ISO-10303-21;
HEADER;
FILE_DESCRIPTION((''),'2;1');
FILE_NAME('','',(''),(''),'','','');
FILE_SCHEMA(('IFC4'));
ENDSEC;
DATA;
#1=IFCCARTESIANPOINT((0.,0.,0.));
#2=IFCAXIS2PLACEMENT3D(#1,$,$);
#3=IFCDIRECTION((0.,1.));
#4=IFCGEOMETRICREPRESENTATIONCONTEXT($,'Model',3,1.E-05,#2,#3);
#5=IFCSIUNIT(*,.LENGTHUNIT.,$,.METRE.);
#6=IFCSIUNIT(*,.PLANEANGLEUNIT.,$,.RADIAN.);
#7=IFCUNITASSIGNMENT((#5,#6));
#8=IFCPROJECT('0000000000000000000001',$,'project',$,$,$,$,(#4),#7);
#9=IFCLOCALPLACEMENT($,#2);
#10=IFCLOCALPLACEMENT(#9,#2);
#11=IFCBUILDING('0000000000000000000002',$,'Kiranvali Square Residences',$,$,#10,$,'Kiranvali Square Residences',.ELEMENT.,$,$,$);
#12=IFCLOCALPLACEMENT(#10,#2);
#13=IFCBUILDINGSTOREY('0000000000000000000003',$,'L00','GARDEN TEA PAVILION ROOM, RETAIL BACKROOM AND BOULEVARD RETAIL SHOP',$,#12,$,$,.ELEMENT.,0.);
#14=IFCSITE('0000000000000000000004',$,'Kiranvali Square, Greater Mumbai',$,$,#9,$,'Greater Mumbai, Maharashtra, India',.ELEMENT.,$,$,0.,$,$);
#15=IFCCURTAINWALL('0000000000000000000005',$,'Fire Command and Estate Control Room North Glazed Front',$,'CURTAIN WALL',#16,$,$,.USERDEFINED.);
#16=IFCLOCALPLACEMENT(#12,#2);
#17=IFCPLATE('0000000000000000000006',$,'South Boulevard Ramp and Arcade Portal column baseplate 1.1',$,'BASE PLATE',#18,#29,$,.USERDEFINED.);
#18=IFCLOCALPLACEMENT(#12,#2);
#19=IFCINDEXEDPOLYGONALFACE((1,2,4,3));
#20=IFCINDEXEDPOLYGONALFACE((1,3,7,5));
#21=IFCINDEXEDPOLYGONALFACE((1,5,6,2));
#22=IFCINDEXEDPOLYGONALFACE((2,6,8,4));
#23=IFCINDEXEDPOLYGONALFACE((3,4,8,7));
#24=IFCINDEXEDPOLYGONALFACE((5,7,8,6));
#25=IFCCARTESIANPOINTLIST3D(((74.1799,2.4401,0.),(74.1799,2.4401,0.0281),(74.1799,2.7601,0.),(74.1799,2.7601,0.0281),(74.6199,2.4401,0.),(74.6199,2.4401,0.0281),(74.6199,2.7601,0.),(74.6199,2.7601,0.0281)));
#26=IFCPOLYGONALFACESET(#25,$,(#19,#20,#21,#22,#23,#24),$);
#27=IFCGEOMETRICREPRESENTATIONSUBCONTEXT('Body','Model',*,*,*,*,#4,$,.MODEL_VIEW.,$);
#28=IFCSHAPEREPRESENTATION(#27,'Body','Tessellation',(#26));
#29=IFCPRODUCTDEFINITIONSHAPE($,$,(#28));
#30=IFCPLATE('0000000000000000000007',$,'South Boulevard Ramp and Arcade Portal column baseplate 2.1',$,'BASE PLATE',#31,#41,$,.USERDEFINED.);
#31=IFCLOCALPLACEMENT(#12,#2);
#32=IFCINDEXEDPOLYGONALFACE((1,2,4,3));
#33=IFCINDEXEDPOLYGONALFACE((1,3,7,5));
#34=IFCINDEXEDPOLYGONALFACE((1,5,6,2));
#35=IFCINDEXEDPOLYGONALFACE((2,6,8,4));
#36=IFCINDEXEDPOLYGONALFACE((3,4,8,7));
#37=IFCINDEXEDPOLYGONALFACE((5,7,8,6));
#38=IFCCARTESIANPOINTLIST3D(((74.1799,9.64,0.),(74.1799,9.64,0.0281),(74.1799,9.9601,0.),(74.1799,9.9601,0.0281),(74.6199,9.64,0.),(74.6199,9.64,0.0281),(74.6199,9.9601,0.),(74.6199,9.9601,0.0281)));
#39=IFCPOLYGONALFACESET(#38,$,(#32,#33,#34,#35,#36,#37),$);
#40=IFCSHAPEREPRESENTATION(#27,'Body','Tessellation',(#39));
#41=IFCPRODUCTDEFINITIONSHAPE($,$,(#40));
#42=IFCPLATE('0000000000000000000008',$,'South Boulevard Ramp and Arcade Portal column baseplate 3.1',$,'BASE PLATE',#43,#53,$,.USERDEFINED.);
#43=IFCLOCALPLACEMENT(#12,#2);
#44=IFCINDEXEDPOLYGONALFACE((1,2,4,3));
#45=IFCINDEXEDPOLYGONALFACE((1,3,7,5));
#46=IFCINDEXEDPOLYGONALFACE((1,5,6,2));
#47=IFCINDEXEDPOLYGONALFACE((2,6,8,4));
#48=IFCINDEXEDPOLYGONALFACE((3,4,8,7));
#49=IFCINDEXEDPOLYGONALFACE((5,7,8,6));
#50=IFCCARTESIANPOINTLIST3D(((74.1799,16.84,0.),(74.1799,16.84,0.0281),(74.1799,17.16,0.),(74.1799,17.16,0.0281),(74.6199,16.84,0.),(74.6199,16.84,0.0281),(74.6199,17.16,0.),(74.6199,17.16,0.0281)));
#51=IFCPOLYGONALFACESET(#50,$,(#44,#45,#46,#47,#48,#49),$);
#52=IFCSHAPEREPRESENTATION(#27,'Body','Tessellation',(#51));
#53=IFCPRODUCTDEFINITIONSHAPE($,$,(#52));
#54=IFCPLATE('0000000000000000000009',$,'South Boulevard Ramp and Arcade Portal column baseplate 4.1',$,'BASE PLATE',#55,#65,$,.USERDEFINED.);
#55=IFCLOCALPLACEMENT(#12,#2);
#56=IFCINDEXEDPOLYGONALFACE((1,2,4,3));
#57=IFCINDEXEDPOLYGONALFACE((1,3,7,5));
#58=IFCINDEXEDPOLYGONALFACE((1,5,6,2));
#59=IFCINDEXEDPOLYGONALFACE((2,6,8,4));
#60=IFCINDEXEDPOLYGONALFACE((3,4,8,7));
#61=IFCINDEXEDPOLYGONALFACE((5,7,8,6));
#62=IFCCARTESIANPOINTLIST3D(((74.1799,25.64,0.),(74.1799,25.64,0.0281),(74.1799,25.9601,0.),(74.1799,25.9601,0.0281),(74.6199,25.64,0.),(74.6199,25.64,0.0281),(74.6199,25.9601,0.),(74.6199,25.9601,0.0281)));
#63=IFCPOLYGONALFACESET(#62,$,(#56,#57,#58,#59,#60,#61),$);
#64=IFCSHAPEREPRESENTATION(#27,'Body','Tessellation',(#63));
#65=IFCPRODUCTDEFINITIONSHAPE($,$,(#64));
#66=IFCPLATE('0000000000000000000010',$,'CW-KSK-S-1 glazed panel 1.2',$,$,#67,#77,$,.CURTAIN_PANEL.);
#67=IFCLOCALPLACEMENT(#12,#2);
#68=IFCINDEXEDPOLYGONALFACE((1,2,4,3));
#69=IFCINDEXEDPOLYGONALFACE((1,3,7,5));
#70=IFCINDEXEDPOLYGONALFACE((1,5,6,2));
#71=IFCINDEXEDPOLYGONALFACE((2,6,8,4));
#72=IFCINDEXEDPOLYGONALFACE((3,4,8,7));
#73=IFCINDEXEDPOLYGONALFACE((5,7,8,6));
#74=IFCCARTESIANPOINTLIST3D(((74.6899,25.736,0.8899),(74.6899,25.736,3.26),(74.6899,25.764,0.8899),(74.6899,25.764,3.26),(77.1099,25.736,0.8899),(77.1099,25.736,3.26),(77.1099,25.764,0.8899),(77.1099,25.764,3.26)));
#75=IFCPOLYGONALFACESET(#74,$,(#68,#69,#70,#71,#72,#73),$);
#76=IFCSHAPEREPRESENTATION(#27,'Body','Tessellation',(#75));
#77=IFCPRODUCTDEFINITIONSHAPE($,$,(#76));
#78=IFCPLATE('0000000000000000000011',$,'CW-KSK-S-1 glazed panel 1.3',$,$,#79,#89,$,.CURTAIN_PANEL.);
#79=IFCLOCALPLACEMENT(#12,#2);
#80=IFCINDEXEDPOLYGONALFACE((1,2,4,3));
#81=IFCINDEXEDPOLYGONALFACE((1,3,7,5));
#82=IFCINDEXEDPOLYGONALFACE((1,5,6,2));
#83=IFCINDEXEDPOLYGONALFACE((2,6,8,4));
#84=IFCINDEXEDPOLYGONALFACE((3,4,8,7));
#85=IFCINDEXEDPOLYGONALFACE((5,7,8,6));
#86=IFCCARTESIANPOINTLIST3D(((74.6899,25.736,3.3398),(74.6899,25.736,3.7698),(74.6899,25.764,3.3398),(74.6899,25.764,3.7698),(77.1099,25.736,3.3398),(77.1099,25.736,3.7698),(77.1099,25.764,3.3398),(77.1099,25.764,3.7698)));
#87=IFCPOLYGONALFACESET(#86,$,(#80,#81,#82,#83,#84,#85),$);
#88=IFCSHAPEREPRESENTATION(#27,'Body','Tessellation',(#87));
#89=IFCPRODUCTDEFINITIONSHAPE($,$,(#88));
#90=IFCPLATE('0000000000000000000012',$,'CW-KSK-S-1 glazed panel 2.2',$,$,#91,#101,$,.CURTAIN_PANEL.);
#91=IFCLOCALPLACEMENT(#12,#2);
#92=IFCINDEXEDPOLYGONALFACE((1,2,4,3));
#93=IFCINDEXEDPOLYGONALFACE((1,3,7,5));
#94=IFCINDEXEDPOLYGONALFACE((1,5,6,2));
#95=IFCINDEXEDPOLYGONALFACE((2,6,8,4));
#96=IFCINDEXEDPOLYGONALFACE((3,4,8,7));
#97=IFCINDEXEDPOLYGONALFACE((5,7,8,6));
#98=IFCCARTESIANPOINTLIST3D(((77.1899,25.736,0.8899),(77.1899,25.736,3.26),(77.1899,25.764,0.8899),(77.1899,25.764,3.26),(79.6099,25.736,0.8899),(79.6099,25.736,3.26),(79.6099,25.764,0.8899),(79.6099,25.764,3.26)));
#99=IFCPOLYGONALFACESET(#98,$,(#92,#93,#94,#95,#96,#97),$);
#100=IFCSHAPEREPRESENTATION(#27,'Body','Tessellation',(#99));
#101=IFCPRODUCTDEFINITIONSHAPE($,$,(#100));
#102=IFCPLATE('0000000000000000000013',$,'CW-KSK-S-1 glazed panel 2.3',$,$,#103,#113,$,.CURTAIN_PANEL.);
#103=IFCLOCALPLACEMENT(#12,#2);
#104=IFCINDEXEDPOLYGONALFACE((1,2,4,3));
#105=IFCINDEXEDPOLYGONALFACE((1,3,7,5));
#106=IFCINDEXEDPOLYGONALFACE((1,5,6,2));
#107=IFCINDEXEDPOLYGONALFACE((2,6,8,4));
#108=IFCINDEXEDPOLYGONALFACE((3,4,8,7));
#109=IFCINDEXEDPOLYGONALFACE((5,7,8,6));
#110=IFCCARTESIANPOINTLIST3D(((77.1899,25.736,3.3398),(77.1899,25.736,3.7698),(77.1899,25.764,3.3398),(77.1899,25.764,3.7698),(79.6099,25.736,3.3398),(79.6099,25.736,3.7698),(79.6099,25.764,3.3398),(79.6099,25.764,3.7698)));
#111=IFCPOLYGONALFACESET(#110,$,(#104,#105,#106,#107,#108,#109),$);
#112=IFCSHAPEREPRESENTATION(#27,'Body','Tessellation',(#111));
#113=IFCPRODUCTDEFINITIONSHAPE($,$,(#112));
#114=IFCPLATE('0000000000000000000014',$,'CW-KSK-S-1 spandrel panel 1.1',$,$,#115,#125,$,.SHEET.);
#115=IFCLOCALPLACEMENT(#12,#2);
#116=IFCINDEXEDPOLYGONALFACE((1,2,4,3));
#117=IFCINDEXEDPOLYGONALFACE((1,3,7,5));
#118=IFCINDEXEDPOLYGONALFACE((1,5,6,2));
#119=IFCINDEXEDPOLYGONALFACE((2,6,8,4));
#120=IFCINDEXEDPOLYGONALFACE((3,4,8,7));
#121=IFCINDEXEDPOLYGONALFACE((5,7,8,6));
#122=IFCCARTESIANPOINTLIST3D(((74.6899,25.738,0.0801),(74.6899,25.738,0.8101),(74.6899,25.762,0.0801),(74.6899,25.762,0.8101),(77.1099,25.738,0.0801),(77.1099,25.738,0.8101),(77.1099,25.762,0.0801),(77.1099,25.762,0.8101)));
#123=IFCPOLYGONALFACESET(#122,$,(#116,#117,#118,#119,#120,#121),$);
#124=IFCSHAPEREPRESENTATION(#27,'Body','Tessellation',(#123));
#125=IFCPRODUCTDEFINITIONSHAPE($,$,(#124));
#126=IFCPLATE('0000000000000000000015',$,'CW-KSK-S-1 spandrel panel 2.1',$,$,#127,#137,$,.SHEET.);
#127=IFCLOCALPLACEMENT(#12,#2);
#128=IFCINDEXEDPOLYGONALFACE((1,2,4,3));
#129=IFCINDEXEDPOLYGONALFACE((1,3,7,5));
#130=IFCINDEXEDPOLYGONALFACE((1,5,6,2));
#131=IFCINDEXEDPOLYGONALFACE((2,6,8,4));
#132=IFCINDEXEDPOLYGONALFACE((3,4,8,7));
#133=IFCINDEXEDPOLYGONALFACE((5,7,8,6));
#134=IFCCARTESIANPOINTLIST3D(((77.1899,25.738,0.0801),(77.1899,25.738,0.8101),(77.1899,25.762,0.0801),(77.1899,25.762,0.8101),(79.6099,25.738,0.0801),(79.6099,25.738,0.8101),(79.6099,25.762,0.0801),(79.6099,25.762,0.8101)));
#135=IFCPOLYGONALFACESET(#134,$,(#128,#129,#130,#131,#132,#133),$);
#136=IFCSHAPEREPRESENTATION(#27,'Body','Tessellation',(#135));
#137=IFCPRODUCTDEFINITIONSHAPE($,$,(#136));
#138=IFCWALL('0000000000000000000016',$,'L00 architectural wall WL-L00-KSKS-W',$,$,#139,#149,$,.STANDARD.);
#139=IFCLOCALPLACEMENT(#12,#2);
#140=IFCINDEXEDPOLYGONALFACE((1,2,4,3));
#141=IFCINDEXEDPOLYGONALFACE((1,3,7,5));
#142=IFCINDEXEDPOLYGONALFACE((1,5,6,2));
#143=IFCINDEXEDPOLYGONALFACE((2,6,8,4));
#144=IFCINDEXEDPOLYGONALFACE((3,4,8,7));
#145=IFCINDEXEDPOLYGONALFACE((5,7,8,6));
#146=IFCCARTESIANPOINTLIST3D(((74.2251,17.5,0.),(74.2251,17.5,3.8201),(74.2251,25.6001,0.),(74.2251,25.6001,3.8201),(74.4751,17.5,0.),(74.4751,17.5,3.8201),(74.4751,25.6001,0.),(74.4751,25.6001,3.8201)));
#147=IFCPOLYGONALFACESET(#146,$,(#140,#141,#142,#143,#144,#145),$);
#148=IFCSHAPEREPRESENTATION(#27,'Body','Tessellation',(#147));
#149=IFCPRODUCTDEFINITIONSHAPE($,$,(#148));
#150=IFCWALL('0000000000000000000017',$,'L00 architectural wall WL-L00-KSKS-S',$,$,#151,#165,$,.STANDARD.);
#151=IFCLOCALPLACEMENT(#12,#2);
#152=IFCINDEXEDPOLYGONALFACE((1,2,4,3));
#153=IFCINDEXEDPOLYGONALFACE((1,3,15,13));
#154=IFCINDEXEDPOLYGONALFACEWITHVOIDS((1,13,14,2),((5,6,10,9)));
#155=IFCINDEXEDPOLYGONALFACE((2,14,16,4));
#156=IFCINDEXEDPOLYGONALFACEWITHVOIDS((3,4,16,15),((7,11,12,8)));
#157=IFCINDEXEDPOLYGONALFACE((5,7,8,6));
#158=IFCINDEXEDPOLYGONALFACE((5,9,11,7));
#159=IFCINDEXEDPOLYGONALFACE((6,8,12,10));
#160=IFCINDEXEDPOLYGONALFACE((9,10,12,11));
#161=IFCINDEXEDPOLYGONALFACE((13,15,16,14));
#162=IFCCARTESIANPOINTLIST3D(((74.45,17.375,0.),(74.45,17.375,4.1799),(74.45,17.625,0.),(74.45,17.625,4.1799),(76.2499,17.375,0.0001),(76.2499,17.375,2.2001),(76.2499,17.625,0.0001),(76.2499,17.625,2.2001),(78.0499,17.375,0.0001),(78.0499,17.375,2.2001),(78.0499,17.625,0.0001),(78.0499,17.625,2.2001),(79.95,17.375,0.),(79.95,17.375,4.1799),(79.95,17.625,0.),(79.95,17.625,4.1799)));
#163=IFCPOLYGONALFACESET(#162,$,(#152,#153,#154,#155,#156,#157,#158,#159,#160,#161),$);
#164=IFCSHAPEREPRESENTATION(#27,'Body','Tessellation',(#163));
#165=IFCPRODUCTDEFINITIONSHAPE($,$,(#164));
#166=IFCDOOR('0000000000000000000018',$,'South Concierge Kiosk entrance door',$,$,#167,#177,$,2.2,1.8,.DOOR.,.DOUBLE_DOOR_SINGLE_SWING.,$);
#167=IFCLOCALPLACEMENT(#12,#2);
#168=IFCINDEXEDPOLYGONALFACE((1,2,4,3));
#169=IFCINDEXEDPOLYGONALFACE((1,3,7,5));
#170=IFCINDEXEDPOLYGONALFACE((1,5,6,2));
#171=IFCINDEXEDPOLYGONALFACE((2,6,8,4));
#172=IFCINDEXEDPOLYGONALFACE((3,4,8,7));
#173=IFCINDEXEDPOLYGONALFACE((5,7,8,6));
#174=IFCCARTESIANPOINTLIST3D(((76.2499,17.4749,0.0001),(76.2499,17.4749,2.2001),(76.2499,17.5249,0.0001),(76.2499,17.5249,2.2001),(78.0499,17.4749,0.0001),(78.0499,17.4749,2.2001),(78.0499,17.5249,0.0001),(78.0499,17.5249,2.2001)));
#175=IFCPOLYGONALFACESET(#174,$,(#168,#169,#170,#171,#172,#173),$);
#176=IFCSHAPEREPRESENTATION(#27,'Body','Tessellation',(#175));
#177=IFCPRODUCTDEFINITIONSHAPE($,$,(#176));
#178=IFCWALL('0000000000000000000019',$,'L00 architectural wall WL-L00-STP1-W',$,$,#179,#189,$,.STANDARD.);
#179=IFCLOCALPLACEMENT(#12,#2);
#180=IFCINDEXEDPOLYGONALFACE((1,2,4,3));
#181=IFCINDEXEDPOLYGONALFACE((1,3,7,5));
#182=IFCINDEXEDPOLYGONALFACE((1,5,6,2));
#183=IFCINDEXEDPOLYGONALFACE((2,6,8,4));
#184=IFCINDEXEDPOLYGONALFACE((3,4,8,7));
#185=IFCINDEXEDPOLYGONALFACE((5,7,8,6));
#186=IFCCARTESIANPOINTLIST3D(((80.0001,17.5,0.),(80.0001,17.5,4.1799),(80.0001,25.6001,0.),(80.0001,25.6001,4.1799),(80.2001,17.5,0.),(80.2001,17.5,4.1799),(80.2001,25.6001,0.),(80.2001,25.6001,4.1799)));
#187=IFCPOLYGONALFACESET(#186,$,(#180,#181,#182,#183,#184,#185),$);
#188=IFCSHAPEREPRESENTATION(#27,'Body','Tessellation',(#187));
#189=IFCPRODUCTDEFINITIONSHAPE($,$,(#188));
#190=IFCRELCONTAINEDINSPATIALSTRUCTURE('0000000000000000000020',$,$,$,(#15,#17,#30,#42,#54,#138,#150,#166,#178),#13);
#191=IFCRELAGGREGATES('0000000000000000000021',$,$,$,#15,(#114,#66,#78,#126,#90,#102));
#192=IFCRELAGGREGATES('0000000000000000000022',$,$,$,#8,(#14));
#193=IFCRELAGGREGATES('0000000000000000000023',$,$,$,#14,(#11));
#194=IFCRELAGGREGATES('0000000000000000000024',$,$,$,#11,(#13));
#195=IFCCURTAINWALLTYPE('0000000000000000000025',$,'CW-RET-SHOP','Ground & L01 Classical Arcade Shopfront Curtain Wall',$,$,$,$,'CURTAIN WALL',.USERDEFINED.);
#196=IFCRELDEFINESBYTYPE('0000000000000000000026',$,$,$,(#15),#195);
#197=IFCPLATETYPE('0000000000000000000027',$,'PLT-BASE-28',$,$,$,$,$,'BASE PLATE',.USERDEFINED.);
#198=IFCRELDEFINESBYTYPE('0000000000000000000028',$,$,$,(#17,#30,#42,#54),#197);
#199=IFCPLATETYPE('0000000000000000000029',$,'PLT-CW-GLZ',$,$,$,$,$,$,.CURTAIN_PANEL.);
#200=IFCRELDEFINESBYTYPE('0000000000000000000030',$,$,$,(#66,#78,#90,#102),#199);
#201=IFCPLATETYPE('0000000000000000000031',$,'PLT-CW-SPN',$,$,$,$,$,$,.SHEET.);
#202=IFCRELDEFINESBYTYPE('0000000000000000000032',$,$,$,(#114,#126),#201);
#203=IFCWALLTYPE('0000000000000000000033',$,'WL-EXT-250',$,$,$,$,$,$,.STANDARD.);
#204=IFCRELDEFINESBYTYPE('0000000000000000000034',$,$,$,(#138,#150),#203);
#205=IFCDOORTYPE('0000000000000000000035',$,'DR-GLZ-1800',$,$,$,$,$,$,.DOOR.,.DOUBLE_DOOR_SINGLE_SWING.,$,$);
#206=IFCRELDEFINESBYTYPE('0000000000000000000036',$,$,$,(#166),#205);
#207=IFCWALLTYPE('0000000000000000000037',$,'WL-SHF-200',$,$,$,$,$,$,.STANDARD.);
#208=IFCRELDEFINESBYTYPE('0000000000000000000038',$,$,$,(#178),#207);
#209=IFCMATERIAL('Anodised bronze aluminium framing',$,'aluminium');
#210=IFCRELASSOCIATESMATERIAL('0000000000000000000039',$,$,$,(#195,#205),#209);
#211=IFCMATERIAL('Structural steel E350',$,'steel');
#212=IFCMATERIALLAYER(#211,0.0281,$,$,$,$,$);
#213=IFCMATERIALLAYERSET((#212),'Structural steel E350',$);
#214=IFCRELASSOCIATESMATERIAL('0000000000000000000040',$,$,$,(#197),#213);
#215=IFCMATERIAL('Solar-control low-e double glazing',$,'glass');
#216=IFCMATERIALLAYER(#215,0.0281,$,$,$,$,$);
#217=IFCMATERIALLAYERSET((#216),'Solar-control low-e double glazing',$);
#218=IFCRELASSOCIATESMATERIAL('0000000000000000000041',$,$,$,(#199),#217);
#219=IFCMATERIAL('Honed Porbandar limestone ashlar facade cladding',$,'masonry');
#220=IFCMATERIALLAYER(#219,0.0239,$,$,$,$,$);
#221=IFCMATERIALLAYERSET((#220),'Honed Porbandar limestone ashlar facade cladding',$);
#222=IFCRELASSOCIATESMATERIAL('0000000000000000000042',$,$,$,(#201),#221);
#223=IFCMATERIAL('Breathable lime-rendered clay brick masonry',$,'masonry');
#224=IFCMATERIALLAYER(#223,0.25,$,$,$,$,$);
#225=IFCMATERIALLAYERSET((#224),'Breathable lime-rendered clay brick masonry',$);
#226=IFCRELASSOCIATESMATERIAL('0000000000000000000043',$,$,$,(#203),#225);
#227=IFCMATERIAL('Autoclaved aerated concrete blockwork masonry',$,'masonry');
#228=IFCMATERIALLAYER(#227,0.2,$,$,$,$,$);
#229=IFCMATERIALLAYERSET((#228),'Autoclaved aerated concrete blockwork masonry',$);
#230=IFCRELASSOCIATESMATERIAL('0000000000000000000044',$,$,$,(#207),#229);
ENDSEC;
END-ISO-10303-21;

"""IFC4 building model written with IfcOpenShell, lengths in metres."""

from ifc_helpers import new_model, si_unit, direction, frame, frame_2d, origin, origin_2d, place, context, subcontext, project, spatial, rectangle, extrude, material, layer, layer_set, type_object, element, fill, aggregate, save


model = new_model("IFC4")

# Units and contexts
model_context = context("Model", 3, precision=1e-05, world=origin(), true_north=direction((0.0, 1.0)))
body_context = subcontext(model_context, "Body", "Model", "MODEL_VIEW")
ifc_project = project(units=[si_unit("LENGTHUNIT", "METRE"), si_unit("PLANEANGLEUNIT", "RADIAN")], contexts=[model_context])

# Site, building, storey
site_placement = place(None, origin())
site = spatial("IfcSite", under=ifc_project, at=site_placement, Name="Kiranvali Square, Greater Mumbai", LongName="Greater Mumbai, Maharashtra, India", CompositionType="ELEMENT", RefElevation=0.0)
building_placement = place(site_placement, origin())
building = spatial("IfcBuilding", under=site, at=building_placement, Name="Kiranvali Square Residences", LongName="Kiranvali Square Residences", CompositionType="ELEMENT")
storey_placement = place(building_placement, origin())
storey = spatial("IfcBuildingStorey", under=building, at=storey_placement, Name="L00", Description="GARDEN TEA PAVILION ROOM, RETAIL BACKROOM AND BOULEVARD RETAIL SHOP", CompositionType="ELEMENT", Elevation=0.0)

# Shared definitions
ifc_material_1 = material(Name="Structural steel E350", Category="steel")

# Curtain wall
ifc_material_2 = material(Name="Anodised bronze aluminium framing", Category="aluminium")
curtain_wall_type = type_object("IfcCurtainWallType", Name="CW-RET-SHOP", Description="Ground & L01 Classical Arcade Shopfront Curtain Wall", ElementType="CURTAIN WALL", PredefinedType="USERDEFINED", material=ifc_material_2)
curtain_wall_placement = place(storey_placement, origin())
curtain_wall = element("IfcCurtainWall", 1, at=curtain_wall_placement, inside=storey, type_object=curtain_wall_type, Name="Fire Command and Estate Control Room North Glazed Front", ObjectType="CURTAIN WALL", PredefinedType="USERDEFINED")

# Plates
ifc_layer_1 = layer(ifc_material_1, 0.0281)
ifc_layer_set_1 = layer_set([ifc_layer_1], Name="Structural steel E350")
plate_type_1 = type_object("IfcPlateType", Name="PLT-BASE-28", ElementType="BASE PLATE", PredefinedType="USERDEFINED", material=ifc_layer_set_1)
for number, where, z_axis, x_axis, name in (
    (2, (74.3999, 2.6001, 0.0), (0.0, 0.0, 1.0), (1.0, 0.0, 0.0), "South Boulevard Ramp and Arcade Portal column baseplate 1.1"),
    (3, (74.3999, 9.8, 0.0), (0.0, 0.0, 1.0), (1.0, 0.0, 0.0), "South Boulevard Ramp and Arcade Portal column baseplate 2.1"),
    (4, (74.3999, 17.0, 0.0), (0.0, 0.0, 1.0), (1.0, 0.0, 0.0), "South Boulevard Ramp and Arcade Portal column baseplate 3.1"),
    (5, (74.3999, 25.8, 0.0), (0.0, 0.0, 1.0), (1.0, 0.0, 0.0), "South Boulevard Ramp and Arcade Portal column baseplate 4.1"),
):
    element("IfcPlate", number, at=place(storey_placement, frame(where, z_axis=z_axis, x_axis=x_axis)), inside=storey, type_object=plate_type_1, Name=name, ObjectType="BASE PLATE", PredefinedType="USERDEFINED", context=body_context, shape_type="SweptSolid", body=[
        extrude(rectangle(XDim=0.4399, YDim=0.3201, at=origin_2d()), origin(), (0.0, 0.0, 1.0), 0.0281),
    ])

# Plates
ifc_material_3 = material(Name="Solar-control low-e double glazing", Category="glass")
ifc_layer_2 = layer(ifc_material_3, 0.0281)
ifc_layer_set_2 = layer_set([ifc_layer_2], Name="Solar-control low-e double glazing")
plate_type_2 = type_object("IfcPlateType", Name="PLT-CW-GLZ", PredefinedType="CURTAIN_PANEL", material=ifc_layer_set_2)
plate_1_placement = place(storey_placement, frame((75.8999, 25.75, 0.8899), z_axis=(0.0, 0.0, 1.0), x_axis=(1.0, 0.0, 0.0)))
plate_1 = element("IfcPlate", 6, at=plate_1_placement, type_object=plate_type_2, Name="CW-KSK-S-1 glazed panel 1.2", PredefinedType="CURTAIN_PANEL", context=body_context, shape_type="SweptSolid", body=[
    extrude(rectangle(XDim=2.4199, YDim=0.0281, at=origin_2d()), origin(), (0.0, 0.0, 1.0), 2.3701),
])
plate_2_placement = place(storey_placement, frame((75.8999, 25.75, 3.3398), z_axis=(0.0, 0.0, 1.0), x_axis=(1.0, 0.0, 0.0)))
plate_2 = element("IfcPlate", 7, at=plate_2_placement, type_object=plate_type_2, Name="CW-KSK-S-1 glazed panel 1.3", PredefinedType="CURTAIN_PANEL", context=body_context, shape_type="SweptSolid", body=[
    extrude(rectangle(XDim=2.4199, YDim=0.0281, at=origin_2d()), origin(), (0.0, 0.0, 1.0), 0.4299),
])
plate_3_placement = place(storey_placement, frame((78.3999, 25.75, 0.8899), z_axis=(0.0, 0.0, 1.0), x_axis=(1.0, 0.0, 0.0)))
plate_3 = element("IfcPlate", 8, at=plate_3_placement, type_object=plate_type_2, Name="CW-KSK-S-1 glazed panel 2.2", PredefinedType="CURTAIN_PANEL", context=body_context, shape_type="SweptSolid", body=[
    extrude(rectangle(XDim=2.4199, YDim=0.0281, at=origin_2d()), origin(), (0.0, 0.0, 1.0), 2.3701),
])
plate_4_placement = place(storey_placement, frame((78.3999, 25.75, 3.3398), z_axis=(0.0, 0.0, 1.0), x_axis=(1.0, 0.0, 0.0)))
plate_4 = element("IfcPlate", 9, at=plate_4_placement, type_object=plate_type_2, Name="CW-KSK-S-1 glazed panel 2.3", PredefinedType="CURTAIN_PANEL", context=body_context, shape_type="SweptSolid", body=[
    extrude(rectangle(XDim=2.4199, YDim=0.0281, at=origin_2d()), origin(), (0.0, 0.0, 1.0), 0.4299),
])
ifc_material_4 = material(Name="Honed Porbandar limestone ashlar facade cladding", Category="masonry")
ifc_layer_3 = layer(ifc_material_4, 0.0239)
ifc_layer_set_3 = layer_set([ifc_layer_3], Name="Honed Porbandar limestone ashlar facade cladding")
plate_type_3 = type_object("IfcPlateType", Name="PLT-CW-SPN", PredefinedType="SHEET", material=ifc_layer_set_3)
plate_5_placement = place(storey_placement, frame((75.8999, 25.75, 0.0801), z_axis=(0.0, 0.0, 1.0), x_axis=(1.0, 0.0, 0.0)))
plate_5 = element("IfcPlate", 10, at=plate_5_placement, type_object=plate_type_3, Name="CW-KSK-S-1 spandrel panel 1.1", PredefinedType="SHEET", context=body_context, shape_type="SweptSolid", body=[
    extrude(rectangle(XDim=2.4199, YDim=0.0239, at=origin_2d()), origin(), (0.0, 0.0, 1.0), 0.73),
])
plate_6_placement = place(storey_placement, frame((78.3999, 25.75, 0.0801), z_axis=(0.0, 0.0, 1.0), x_axis=(1.0, 0.0, 0.0)))
plate_6 = element("IfcPlate", 11, at=plate_6_placement, type_object=plate_type_3, Name="CW-KSK-S-1 spandrel panel 2.1", PredefinedType="SHEET", context=body_context, shape_type="SweptSolid", body=[
    extrude(rectangle(XDim=2.4199, YDim=0.0239, at=origin_2d()), origin(), (0.0, 0.0, 1.0), 0.73),
])
aggregate(curtain_wall, [plate_5, plate_1, plate_2, plate_6, plate_3, plate_4])

# Wall
ifc_material_5 = material(Name="Breathable lime-rendered clay brick masonry", Category="masonry")
ifc_layer_4 = layer(ifc_material_5, 0.25)
ifc_layer_set_4 = layer_set([ifc_layer_4], Name="Breathable lime-rendered clay brick masonry")
wall_type_1 = type_object("IfcWallType", Name="WL-EXT-250", PredefinedType="STANDARD", material=ifc_layer_set_4)
wall_1_placement = place(storey_placement, frame((74.3501, 17.5, 0.0), z_axis=(0.0, 0.0, 1.0), x_axis=(0.0, 1.0, 0.0)))
element("IfcWall", 12, at=wall_1_placement, inside=storey, type_object=wall_type_1, Name="L00 architectural wall WL-L00-KSKS-W", PredefinedType="STANDARD", context=body_context, shape_type="SweptSolid", body=[
    extrude(rectangle(XDim=8.1001, YDim=0.25, at=frame_2d((4.05, 0.0))), origin(), (0.0, 0.0, 1.0), 3.8201),
])

# Wall, opening, door
wall_2_placement = place(storey_placement, frame((74.45, 17.5, 0.0), z_axis=(0.0, 0.0, 1.0), x_axis=(1.0, 0.0, 0.0)))
wall_2 = element("IfcWall", 13, at=wall_2_placement, inside=storey, type_object=wall_type_1, Name="L00 architectural wall WL-L00-KSKS-S", PredefinedType="STANDARD", context=body_context, shape_type="SweptSolid", body=[
    extrude(rectangle(XDim=5.5, YDim=0.25, at=frame_2d((2.75, 0.0))), origin(), (0.0, 0.0, 1.0), 4.1799),
])
opening_placement = place(wall_2_placement, frame((1.8, 0.0, 0.0)))
opening = element("IfcOpeningElement", 14, at=opening_placement, cuts=wall_2, PredefinedType="OPENING", context=body_context, shape_type="SweptSolid", body=[
    extrude(rectangle(XDim=1.8, YDim=2.2, at=frame_2d((0.8999, 1.1001))), frame((0.0, 0.135, 0.0), z_axis=(0.0, -1.0, 0.0), x_axis=(1.0, 0.0, 0.0)), (0.0, 0.0, 1.0), 0.27),
])
door_type = type_object("IfcDoorType", Name="DR-GLZ-1800", OperationType="DOUBLE_DOOR_SINGLE_SWING", PredefinedType="DOOR", material=ifc_material_2)
door_placement = place(opening_placement, origin())
door = element("IfcDoor", 15, at=door_placement, inside=storey, type_object=door_type, Name="South Concierge Kiosk entrance door", OperationType="DOUBLE_DOOR_SINGLE_SWING", OverallHeight=2.2, OverallWidth=1.8, PredefinedType="DOOR", context=body_context, shape_type="SweptSolid", body=[
    extrude(rectangle(XDim=1.8, YDim=2.2, at=frame_2d((0.8999, 1.1001))), frame((0.0, 0.0249, 0.0), z_axis=(0.0, -1.0, 0.0), x_axis=(1.0, 0.0, 0.0)), (0.0, 0.0, 1.0), 0.05),
])
fill(opening, door)

# Wall
ifc_material_6 = material(Name="Autoclaved aerated concrete blockwork masonry", Category="masonry")
ifc_layer_5 = layer(ifc_material_6, 0.2)
ifc_layer_set_5 = layer_set([ifc_layer_5], Name="Autoclaved aerated concrete blockwork masonry")
wall_type_2 = type_object("IfcWallType", Name="WL-SHF-200", PredefinedType="STANDARD", material=ifc_layer_set_5)
wall_3_placement = place(storey_placement, frame((80.1001, 17.5, 0.0), z_axis=(0.0, 0.0, 1.0), x_axis=(0.0, 1.0, 0.0)))
element("IfcWall", 16, at=wall_3_placement, inside=storey, type_object=wall_type_2, Name="L00 architectural wall WL-L00-STP1-W", PredefinedType="STANDARD", context=body_context, shape_type="SweptSolid", body=[
    extrude(rectangle(XDim=8.1001, YDim=0.2, at=frame_2d((4.05, 0.0))), origin(), (0.0, 0.0, 1.0), 4.1799),
])

save(model, "model.ifc")
